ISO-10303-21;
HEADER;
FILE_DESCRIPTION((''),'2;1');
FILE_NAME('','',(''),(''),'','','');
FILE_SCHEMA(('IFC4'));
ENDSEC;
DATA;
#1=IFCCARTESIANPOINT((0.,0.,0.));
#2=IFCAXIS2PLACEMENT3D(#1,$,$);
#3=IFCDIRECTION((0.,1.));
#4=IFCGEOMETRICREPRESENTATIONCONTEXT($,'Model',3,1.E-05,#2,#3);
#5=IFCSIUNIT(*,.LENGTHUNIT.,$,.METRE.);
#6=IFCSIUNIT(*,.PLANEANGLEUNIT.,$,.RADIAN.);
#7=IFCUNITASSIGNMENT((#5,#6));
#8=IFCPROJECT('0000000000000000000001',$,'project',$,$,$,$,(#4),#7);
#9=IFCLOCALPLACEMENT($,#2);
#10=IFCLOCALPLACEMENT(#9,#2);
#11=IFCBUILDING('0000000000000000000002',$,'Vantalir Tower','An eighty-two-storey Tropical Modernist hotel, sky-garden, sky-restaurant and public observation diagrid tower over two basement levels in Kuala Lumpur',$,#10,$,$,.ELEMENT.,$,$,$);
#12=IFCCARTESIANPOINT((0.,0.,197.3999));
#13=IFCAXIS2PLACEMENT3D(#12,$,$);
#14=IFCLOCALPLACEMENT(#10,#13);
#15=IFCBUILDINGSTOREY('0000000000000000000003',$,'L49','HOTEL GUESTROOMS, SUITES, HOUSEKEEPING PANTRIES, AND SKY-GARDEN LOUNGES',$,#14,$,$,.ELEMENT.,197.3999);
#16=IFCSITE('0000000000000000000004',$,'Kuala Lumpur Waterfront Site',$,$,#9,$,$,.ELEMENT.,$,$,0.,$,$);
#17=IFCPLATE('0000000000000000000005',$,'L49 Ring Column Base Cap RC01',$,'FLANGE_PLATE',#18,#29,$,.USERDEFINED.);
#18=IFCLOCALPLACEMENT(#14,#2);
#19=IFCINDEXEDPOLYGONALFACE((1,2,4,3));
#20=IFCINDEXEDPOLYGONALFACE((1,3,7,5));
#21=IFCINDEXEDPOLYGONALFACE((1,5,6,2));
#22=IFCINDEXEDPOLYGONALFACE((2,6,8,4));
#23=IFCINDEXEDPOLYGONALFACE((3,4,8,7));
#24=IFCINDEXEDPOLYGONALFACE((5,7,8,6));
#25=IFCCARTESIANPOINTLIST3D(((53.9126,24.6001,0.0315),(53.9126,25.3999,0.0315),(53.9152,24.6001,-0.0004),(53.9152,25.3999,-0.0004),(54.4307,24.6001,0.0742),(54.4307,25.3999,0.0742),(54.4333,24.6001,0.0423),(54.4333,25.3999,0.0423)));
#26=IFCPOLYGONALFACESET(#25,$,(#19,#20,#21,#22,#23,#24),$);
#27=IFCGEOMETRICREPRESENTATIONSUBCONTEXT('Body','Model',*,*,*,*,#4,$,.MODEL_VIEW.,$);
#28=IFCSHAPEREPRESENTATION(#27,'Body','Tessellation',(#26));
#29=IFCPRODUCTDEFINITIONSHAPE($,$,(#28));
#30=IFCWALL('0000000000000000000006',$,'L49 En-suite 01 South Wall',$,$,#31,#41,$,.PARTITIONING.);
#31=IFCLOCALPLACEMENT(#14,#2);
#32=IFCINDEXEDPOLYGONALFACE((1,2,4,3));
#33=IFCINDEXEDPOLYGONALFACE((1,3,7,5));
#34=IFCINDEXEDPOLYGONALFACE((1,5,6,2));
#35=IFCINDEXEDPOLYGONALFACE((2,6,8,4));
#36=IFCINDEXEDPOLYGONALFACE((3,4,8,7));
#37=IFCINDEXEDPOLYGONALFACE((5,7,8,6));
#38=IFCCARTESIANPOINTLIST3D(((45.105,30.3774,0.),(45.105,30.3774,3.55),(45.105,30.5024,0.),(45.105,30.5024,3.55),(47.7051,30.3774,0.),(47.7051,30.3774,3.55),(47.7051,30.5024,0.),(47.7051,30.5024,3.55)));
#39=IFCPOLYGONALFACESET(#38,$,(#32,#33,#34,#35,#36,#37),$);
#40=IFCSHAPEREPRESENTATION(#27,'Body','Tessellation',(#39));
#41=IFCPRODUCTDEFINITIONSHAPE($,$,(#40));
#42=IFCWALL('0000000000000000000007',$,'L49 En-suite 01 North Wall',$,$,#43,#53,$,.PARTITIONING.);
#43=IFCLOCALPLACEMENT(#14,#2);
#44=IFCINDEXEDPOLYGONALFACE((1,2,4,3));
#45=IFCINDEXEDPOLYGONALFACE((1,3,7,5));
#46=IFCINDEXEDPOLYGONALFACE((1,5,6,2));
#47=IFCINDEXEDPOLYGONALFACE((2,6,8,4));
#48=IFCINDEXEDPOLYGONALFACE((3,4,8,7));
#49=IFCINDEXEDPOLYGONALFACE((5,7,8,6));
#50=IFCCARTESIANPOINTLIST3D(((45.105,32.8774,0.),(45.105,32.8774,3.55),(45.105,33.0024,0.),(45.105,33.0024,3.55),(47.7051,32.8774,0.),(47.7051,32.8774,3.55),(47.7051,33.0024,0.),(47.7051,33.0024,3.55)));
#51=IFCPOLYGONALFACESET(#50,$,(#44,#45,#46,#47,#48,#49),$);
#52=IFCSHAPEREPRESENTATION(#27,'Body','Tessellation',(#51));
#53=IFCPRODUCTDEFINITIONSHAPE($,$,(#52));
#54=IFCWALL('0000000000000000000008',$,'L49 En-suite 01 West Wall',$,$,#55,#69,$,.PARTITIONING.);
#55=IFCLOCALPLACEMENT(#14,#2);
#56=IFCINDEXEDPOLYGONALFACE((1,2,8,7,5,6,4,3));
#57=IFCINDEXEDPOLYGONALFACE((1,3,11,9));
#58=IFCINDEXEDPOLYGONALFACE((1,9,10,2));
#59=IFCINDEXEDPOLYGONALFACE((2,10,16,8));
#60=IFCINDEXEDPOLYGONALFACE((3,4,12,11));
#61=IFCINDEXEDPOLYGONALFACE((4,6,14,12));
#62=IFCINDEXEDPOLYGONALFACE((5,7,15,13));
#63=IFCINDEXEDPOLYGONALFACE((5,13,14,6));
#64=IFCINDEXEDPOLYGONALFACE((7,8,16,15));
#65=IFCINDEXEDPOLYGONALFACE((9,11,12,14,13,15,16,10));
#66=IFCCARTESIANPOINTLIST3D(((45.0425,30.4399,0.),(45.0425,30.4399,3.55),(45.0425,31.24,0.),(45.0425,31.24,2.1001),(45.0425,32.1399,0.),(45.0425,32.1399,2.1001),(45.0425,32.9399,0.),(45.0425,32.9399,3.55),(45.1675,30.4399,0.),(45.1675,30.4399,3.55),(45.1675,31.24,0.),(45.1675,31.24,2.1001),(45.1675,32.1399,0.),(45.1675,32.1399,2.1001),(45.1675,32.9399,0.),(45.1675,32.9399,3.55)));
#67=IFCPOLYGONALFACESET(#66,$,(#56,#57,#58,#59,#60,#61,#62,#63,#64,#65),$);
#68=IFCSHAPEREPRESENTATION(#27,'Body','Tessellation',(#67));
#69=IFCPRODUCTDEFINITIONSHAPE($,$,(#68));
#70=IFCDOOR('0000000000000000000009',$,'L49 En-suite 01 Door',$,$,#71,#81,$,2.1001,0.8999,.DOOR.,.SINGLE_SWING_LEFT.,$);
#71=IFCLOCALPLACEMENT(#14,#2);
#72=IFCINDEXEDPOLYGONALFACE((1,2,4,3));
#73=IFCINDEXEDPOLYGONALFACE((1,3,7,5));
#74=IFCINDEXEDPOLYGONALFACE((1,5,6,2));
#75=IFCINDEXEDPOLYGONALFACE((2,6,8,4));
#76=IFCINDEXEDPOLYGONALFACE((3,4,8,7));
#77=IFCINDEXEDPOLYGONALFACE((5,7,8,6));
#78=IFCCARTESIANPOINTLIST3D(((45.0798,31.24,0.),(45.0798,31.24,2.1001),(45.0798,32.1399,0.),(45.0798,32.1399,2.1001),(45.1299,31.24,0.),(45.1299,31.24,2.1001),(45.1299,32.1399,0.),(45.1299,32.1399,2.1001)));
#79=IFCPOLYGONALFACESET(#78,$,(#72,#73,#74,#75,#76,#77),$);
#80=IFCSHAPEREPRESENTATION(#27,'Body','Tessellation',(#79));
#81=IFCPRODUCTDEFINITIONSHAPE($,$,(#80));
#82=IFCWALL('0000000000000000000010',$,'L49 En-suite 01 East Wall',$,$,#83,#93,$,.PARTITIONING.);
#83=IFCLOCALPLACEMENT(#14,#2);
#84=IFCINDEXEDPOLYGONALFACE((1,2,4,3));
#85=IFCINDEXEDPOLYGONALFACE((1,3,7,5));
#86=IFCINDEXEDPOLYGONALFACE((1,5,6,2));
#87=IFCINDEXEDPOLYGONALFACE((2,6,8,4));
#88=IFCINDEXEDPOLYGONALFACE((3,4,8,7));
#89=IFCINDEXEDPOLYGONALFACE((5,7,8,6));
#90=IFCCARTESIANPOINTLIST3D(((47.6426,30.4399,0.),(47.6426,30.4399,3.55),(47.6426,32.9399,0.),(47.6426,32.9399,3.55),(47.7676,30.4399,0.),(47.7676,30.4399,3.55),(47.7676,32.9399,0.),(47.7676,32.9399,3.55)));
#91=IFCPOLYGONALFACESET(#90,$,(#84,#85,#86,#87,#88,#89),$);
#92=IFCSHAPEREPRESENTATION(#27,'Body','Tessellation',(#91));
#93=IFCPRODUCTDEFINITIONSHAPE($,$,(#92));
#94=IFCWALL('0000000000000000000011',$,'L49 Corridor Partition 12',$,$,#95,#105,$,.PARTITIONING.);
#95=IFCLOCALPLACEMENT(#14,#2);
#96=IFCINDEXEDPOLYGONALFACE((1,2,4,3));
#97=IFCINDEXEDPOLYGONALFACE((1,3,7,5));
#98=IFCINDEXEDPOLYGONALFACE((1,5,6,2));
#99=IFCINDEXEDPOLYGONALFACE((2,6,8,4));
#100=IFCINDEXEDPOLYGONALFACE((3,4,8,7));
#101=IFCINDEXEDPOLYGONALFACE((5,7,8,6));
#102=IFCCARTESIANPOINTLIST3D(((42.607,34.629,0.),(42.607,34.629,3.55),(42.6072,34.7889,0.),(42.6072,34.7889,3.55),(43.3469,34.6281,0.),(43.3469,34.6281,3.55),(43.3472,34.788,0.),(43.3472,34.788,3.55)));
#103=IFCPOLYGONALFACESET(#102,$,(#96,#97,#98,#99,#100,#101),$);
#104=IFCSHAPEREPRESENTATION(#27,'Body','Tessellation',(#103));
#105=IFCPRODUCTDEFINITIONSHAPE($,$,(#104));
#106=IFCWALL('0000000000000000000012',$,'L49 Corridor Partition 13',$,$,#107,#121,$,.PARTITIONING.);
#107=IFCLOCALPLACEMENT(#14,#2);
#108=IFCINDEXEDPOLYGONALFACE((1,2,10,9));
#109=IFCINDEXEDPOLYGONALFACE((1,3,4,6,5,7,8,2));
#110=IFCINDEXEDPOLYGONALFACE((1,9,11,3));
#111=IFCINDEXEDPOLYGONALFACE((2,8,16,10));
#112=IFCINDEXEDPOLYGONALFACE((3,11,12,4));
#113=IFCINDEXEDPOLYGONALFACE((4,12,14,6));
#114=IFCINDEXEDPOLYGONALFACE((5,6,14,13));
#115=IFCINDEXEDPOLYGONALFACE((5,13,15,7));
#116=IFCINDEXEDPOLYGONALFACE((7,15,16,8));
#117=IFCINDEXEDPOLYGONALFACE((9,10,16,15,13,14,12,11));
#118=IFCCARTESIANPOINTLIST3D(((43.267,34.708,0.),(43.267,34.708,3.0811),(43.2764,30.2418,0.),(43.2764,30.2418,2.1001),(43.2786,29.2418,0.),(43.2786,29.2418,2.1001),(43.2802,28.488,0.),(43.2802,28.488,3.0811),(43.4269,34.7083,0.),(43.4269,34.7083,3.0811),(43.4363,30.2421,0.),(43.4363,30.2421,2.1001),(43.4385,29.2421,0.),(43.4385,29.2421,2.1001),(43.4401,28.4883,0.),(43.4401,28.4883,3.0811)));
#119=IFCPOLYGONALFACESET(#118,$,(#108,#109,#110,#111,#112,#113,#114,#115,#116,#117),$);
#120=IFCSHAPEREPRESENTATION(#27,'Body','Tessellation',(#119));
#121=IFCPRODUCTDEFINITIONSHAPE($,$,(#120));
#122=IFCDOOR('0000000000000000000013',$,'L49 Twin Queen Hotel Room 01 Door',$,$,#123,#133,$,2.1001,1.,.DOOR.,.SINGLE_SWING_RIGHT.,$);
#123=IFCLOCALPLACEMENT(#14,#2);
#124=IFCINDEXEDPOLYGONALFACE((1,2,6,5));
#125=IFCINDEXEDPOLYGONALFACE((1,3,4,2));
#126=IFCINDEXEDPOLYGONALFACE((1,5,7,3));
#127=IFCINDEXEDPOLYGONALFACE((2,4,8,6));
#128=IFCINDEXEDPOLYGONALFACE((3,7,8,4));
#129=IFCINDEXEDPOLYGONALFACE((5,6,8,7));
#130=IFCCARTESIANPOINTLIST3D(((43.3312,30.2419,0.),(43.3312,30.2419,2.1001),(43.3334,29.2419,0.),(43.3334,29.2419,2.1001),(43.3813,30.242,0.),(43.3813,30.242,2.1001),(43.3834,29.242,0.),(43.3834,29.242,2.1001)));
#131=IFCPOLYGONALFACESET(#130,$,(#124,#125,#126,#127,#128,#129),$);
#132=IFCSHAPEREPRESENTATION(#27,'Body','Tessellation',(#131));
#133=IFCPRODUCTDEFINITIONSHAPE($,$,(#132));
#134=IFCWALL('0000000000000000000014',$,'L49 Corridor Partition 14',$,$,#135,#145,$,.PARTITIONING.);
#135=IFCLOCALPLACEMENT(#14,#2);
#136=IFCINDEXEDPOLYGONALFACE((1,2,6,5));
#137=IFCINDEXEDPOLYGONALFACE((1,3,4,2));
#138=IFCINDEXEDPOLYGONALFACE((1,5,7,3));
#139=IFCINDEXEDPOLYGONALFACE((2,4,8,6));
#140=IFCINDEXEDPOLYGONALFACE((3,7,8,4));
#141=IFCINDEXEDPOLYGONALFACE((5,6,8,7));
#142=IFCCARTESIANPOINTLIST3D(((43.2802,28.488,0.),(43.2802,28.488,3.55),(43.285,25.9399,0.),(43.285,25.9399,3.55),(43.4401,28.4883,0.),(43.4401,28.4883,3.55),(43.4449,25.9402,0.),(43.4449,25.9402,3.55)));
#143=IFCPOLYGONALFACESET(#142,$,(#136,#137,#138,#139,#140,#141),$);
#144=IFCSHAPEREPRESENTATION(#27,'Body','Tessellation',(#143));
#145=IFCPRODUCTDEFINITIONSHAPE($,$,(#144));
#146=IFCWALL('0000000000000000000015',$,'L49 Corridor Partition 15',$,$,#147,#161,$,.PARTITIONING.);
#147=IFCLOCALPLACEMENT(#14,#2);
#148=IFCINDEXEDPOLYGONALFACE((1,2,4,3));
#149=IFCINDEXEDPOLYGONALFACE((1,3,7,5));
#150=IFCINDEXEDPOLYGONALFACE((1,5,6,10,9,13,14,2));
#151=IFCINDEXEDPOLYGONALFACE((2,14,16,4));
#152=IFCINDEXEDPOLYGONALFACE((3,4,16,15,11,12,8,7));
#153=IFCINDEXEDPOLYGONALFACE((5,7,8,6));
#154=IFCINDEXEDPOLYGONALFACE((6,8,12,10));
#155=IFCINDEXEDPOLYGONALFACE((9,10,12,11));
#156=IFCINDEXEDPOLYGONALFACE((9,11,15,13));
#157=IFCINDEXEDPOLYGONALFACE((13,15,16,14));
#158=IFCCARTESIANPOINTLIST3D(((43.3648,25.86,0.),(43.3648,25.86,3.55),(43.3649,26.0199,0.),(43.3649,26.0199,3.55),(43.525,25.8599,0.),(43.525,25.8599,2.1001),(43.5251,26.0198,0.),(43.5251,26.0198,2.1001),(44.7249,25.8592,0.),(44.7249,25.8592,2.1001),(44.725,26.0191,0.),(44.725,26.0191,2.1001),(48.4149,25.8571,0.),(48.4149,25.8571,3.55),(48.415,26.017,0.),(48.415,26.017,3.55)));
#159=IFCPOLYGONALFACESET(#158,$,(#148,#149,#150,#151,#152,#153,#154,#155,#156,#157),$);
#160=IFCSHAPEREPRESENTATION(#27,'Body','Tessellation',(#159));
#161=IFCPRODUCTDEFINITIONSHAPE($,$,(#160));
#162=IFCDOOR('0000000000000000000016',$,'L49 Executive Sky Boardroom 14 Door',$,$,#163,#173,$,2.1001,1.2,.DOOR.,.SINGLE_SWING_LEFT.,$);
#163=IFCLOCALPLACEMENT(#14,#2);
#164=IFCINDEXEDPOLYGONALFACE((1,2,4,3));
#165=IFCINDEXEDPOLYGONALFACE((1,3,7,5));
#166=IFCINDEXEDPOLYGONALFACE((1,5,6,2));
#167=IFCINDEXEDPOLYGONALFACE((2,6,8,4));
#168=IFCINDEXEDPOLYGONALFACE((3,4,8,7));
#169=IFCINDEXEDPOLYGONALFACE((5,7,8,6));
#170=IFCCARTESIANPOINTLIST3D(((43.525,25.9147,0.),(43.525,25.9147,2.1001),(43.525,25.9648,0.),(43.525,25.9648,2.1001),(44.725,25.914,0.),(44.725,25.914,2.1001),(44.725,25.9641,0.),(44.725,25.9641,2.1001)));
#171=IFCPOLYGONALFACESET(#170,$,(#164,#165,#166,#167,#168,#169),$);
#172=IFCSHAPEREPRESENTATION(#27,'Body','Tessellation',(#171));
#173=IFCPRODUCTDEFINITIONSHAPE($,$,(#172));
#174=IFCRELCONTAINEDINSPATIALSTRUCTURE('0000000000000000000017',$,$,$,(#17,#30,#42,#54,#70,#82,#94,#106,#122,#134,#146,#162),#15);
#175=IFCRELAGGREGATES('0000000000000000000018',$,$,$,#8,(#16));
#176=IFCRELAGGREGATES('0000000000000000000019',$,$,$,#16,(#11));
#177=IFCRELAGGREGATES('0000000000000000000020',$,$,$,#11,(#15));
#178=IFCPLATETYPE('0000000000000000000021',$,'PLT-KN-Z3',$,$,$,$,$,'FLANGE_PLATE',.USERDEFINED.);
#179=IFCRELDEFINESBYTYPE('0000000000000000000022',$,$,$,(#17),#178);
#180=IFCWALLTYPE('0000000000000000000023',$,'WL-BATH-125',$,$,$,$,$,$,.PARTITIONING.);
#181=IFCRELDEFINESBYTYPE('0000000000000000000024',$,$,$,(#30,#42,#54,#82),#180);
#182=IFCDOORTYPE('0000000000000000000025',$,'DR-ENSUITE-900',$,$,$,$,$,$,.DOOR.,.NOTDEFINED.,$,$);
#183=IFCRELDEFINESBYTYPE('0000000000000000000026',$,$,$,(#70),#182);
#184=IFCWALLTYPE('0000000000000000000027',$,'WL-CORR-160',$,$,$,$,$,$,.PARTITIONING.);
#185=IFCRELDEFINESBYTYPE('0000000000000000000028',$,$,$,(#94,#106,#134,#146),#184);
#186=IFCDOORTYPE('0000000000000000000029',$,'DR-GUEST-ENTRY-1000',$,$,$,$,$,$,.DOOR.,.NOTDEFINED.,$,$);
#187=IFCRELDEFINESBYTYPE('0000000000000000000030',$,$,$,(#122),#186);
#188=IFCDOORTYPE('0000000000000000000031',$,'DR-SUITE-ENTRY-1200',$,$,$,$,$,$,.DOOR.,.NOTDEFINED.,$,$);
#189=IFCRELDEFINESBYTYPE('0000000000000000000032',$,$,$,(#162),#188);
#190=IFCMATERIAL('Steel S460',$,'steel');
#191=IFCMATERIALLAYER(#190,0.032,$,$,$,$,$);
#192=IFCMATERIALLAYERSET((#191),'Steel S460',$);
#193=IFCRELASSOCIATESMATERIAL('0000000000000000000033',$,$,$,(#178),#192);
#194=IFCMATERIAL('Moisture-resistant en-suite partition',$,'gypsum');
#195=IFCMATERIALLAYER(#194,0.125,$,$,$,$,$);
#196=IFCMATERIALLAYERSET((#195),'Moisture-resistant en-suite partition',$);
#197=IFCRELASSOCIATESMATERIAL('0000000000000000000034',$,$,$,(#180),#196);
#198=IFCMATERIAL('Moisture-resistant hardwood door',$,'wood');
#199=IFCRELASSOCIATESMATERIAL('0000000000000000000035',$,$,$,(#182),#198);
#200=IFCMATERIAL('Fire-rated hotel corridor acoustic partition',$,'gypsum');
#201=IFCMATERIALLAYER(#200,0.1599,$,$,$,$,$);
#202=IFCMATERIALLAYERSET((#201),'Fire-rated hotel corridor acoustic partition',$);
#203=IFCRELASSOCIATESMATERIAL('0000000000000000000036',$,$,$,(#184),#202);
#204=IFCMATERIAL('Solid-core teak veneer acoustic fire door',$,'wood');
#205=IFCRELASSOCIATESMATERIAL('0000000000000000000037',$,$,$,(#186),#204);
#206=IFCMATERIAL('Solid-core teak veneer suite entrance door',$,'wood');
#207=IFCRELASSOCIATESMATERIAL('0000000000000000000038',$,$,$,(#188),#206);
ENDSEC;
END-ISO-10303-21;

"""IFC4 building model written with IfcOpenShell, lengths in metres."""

from ifc_helpers import new_model, si_unit, direction, frame, frame_2d, origin, place, context, subcontext, project, spatial, polyline, rectangle, outline, extrude, material, layer, layer_set, type_object, element, fill, save


model = new_model("IFC4")

# Units and contexts
model_context = context("Model", 3, precision=1e-05, world=origin(), true_north=direction((0.0, 1.0)))
body_context = subcontext(model_context, "Body", "Model", "MODEL_VIEW")
ifc_project = project(units=[si_unit("LENGTHUNIT", "METRE"), si_unit("PLANEANGLEUNIT", "RADIAN")], contexts=[model_context])

# Site, building, storey
site_placement = place(None, origin())
site = spatial("IfcSite", under=ifc_project, at=site_placement, Name="Kuala Lumpur Waterfront Site", CompositionType="ELEMENT", RefElevation=0.0)
building_placement = place(site_placement, origin())
building = spatial("IfcBuilding", under=site, at=building_placement, Name="Vantalir Tower", Description="An eighty-two-storey Tropical Modernist hotel, sky-garden, sky-restaurant and public observation diagrid tower over two basement levels in Kuala Lumpur", CompositionType="ELEMENT")
storey_placement = place(building_placement, frame((0.0, 0.0, 197.3999)))
storey = spatial("IfcBuildingStorey", under=building, at=storey_placement, Name="L49", Description="HOTEL GUESTROOMS, SUITES, HOUSEKEEPING PANTRIES, AND SKY-GARDEN LOUNGES", CompositionType="ELEMENT", Elevation=197.3999)

# Shared definitions
ifc_material_1 = material(Name="Steel S460", Category="steel")

# Plate
ifc_layer_1 = layer(ifc_material_1, 0.032)
ifc_layer_set_1 = layer_set([ifc_layer_1], Name="Steel S460")
plate_type_1 = type_object("IfcPlateType", Name="PLT-KN-Z3", ElementType="FLANGE_PLATE", PredefinedType="USERDEFINED", material=ifc_layer_set_1)
plate_1_placement = place(storey_placement, frame((53.9126, 25.3999, 0.0315), z_axis=(-0.08219, 0.0, 0.996617), x_axis=(0.0, -1.0, 0.0)))
element("IfcPlate", 1, at=plate_1_placement, inside=storey, type_object=plate_type_1, Name="L49 Ring Column Base Cap RC01", ObjectType="FLANGE_PLATE", PredefinedType="USERDEFINED", context=body_context, shape_type="SweptSolid", body=[
    extrude(outline(polyline([(0.0, 0.0), (0.7998, 0.0), (0.7998, 0.5198), (0.0, 0.5198), (0.0, 0.0)])), origin(), (0.0, 0.0, -1.0), 0.032),
])

# Walls
ifc_material_2 = material(Name="Moisture-resistant en-suite partition", Category="gypsum")
ifc_layer_2 = layer(ifc_material_2, 0.125)
ifc_layer_set_2 = layer_set([ifc_layer_2], Name="Moisture-resistant en-suite partition")
wall_type_1 = type_object("IfcWallType", Name="WL-BATH-125", PredefinedType="PARTITIONING", material=ifc_layer_set_2)
for number, where, z_axis, x_axis, name in (
    (2, (45.105, 30.4399, 0.0), (0.0, 0.0, 1.0), (1.0, 0.0, 0.0), "L49 En-suite 01 South Wall"),
    (3, (45.105, 32.9399, 0.0), (0.0, 0.0, 1.0), (1.0, 0.0, 0.0), "L49 En-suite 01 North Wall"),
):
    element("IfcWall", number, at=place(storey_placement, frame(where, z_axis=z_axis, x_axis=x_axis)), inside=storey, type_object=wall_type_1, Name=name, PredefinedType="PARTITIONING", context=body_context, shape_type="SweptSolid", body=[
        extrude(rectangle(XDim=2.6001, YDim=0.125, at=frame_2d((1.3, 0.0))), origin(), (0.0, 0.0, 1.0), 3.55),
    ])

# Wall, opening, door
wall_1_placement = place(storey_placement, frame((45.105, 30.4399, 0.0), z_axis=(0.0, 0.0, 1.0), x_axis=(0.0, 1.0, 0.0)))
wall_1 = element("IfcWall", 4, at=wall_1_placement, inside=storey, type_object=wall_type_1, Name="L49 En-suite 01 West Wall", PredefinedType="PARTITIONING", context=body_context, shape_type="SweptSolid", body=[
    extrude(rectangle(XDim=2.5, YDim=0.125, at=frame_2d((1.25, 0.0))), origin(), (0.0, 0.0, 1.0), 3.55),
])
opening_1_placement = place(wall_1_placement, frame((0.8, 0.0, 0.0)))
opening_1 = element("IfcOpeningElement", 5, at=opening_1_placement, cuts=wall_1, PredefinedType="OPENING", context=body_context, shape_type="SweptSolid", body=[
    extrude(rectangle(XDim=0.8999, YDim=2.1001, at=frame_2d((0.45, 1.05))), frame((0.0, 0.0725, 0.0), z_axis=(0.0, -1.0, 0.0), x_axis=(1.0, 0.0, 0.0)), (0.0, 0.0, 1.0), 0.145),
])
ifc_material_3 = material(Name="Moisture-resistant hardwood door", Category="wood")
door_type_1 = type_object("IfcDoorType", Name="DR-ENSUITE-900", OperationType="NOTDEFINED", PredefinedType="DOOR", material=ifc_material_3)
door_1_placement = place(opening_1_placement, frame((0.8999, 0.0, 0.0), z_axis=(0.0, 0.0, 1.0), x_axis=(-1.0, 0.0, 0.0)))
door_1 = element("IfcDoor", 6, at=door_1_placement, inside=storey, type_object=door_type_1, Name="L49 En-suite 01 Door", OperationType="SINGLE_SWING_LEFT", OverallHeight=2.1001, OverallWidth=0.8999, PredefinedType="DOOR", context=body_context, shape_type="SweptSolid", body=[
    extrude(rectangle(XDim=0.8999, YDim=2.1001, at=frame_2d((0.45, 1.05))), frame((0.0, 0.0249, 0.0), z_axis=(0.0, -1.0, 0.0), x_axis=(1.0, 0.0, 0.0)), (0.0, 0.0, 1.0), 0.05),
])
fill(opening_1, door_1)

# Walls
wall_2_placement = place(storey_placement, frame((47.7051, 30.4399, 0.0), z_axis=(0.0, 0.0, 1.0), x_axis=(0.0, 1.0, 0.0)))
element("IfcWall", 7, at=wall_2_placement, inside=storey, type_object=wall_type_1, Name="L49 En-suite 01 East Wall", PredefinedType="PARTITIONING", context=body_context, shape_type="SweptSolid", body=[
    extrude(rectangle(XDim=2.5, YDim=0.125, at=frame_2d((1.25, 0.0))), origin(), (0.0, 0.0, 1.0), 3.55),
])
ifc_material_4 = material(Name="Fire-rated hotel corridor acoustic partition", Category="gypsum")
ifc_layer_3 = layer(ifc_material_4, 0.1599)
ifc_layer_set_3 = layer_set([ifc_layer_3], Name="Fire-rated hotel corridor acoustic partition")
wall_type_2 = type_object("IfcWallType", Name="WL-CORR-160", PredefinedType="PARTITIONING", material=ifc_layer_set_3)
wall_3_placement = place(storey_placement, frame((42.6069, 34.709, 0.0), z_axis=(0.0, 0.0, 1.0), x_axis=(0.999999, -0.00132, 0.0)))
element("IfcWall", 8, at=wall_3_placement, inside=storey, type_object=wall_type_2, Name="L49 Corridor Partition 12", PredefinedType="PARTITIONING", context=body_context, shape_type="SweptSolid", body=[
    extrude(rectangle(XDim=0.74, YDim=0.1599, at=frame_2d((0.3701, 0.0))), origin(), (0.0, 0.0, 1.0), 3.55),
])

# Wall, opening, door
wall_4_placement = place(storey_placement, frame((43.3469, 34.708, 0.0), z_axis=(0.0, 0.0, 1.0), x_axis=(0.00212, -0.999998, 0.0)))
wall_4 = element("IfcWall", 9, at=wall_4_placement, inside=storey, type_object=wall_type_2, Name="L49 Corridor Partition 13", PredefinedType="PARTITIONING", context=body_context, shape_type="SweptSolid", body=[
    extrude(rectangle(XDim=6.22, YDim=0.1599, at=frame_2d((3.1099, 0.0))), origin(), (0.0, 0.0, 1.0), 3.0811),
])
opening_2_placement = place(wall_4_placement, frame((4.4661, 0.0, 0.0)))
opening_2 = element("IfcOpeningElement", 10, at=opening_2_placement, cuts=wall_4, PredefinedType="OPENING", context=body_context, shape_type="SweptSolid", body=[
    extrude(rectangle(XDim=1.0, YDim=2.1001, at=frame_2d((0.5, 1.05))), frame((0.0, 0.0898, 0.0), z_axis=(0.0, -1.0, 0.0), x_axis=(1.0, 0.0, 0.0)), (0.0, 0.0, 1.0), 0.1799),
])
ifc_material_5 = material(Name="Solid-core teak veneer acoustic fire door", Category="wood")
door_type_2 = type_object("IfcDoorType", Name="DR-GUEST-ENTRY-1000", OperationType="NOTDEFINED", PredefinedType="DOOR", material=ifc_material_5)
door_2_placement = place(opening_2_placement, origin())
door_2 = element("IfcDoor", 11, at=door_2_placement, inside=storey, type_object=door_type_2, Name="L49 Twin Queen Hotel Room 01 Door", OperationType="SINGLE_SWING_RIGHT", OverallHeight=2.1001, OverallWidth=1.0, PredefinedType="DOOR", context=body_context, shape_type="SweptSolid", body=[
    extrude(rectangle(XDim=1.0, YDim=2.1001, at=frame_2d((0.5, 1.05))), frame((0.0, 0.0249, 0.0), z_axis=(0.0, -1.0, 0.0), x_axis=(1.0, 0.0, 0.0)), (0.0, 0.0, 1.0), 0.05),
])
fill(opening_2, door_2)

# Wall
wall_5_placement = place(storey_placement, frame((43.3601, 28.488, 0.0), z_axis=(0.0, 0.0, 1.0), x_axis=(0.001916, -0.999998, 0.0)))
element("IfcWall", 12, at=wall_5_placement, inside=storey, type_object=wall_type_2, Name="L49 Corridor Partition 14", PredefinedType="PARTITIONING", context=body_context, shape_type="SweptSolid", body=[
    extrude(rectangle(XDim=2.5481, YDim=0.1599, at=frame_2d((1.2739, 0.0))), origin(), (0.0, 0.0, 1.0), 3.55),
])

# Wall, opening, door
wall_6_placement = place(storey_placement, frame((43.365, 25.9399, 0.0), z_axis=(0.0, 0.0, 1.0), x_axis=(1.0, -0.00058, 0.0)))
wall_6 = element("IfcWall", 13, at=wall_6_placement, inside=storey, type_object=wall_type_2, Name="L49 Corridor Partition 15", PredefinedType="PARTITIONING", context=body_context, shape_type="SweptSolid", body=[
    extrude(rectangle(XDim=5.05, YDim=0.1599, at=frame_2d((2.5249, 0.0))), origin(), (0.0, 0.0, 1.0), 3.55),
])
opening_3_placement = place(wall_6_placement, frame((0.1599, 0.0, 0.0)))
opening_3 = element("IfcOpeningElement", 14, at=opening_3_placement, cuts=wall_6, PredefinedType="OPENING", context=body_context, shape_type="SweptSolid", body=[
    extrude(rectangle(XDim=1.2, YDim=2.1001, at=frame_2d((0.6001, 1.05))), frame((0.0, 0.0898, 0.0), z_axis=(0.0, -1.0, 0.0), x_axis=(1.0, 0.0, 0.0)), (0.0, 0.0, 1.0), 0.1799),
])
ifc_material_6 = material(Name="Solid-core teak veneer suite entrance door", Category="wood")
door_type_3 = type_object("IfcDoorType", Name="DR-SUITE-ENTRY-1200", OperationType="NOTDEFINED", PredefinedType="DOOR", material=ifc_material_6)
door_3_placement = place(opening_3_placement, origin())
door_3 = element("IfcDoor", 15, at=door_3_placement, inside=storey, type_object=door_type_3, Name="L49 Executive Sky Boardroom 14 Door", OperationType="SINGLE_SWING_LEFT", OverallHeight=2.1001, OverallWidth=1.2, PredefinedType="DOOR", context=body_context, shape_type="SweptSolid", body=[
    extrude(rectangle(XDim=1.2, YDim=2.1001, at=frame_2d((0.6001, 1.05))), frame((0.0, 0.0249, 0.0), z_axis=(0.0, -1.0, 0.0), x_axis=(1.0, 0.0, 0.0)), (0.0, 0.0, 1.0), 0.05),
])
fill(opening_3, door_3)

save(model, "model.ifc")
